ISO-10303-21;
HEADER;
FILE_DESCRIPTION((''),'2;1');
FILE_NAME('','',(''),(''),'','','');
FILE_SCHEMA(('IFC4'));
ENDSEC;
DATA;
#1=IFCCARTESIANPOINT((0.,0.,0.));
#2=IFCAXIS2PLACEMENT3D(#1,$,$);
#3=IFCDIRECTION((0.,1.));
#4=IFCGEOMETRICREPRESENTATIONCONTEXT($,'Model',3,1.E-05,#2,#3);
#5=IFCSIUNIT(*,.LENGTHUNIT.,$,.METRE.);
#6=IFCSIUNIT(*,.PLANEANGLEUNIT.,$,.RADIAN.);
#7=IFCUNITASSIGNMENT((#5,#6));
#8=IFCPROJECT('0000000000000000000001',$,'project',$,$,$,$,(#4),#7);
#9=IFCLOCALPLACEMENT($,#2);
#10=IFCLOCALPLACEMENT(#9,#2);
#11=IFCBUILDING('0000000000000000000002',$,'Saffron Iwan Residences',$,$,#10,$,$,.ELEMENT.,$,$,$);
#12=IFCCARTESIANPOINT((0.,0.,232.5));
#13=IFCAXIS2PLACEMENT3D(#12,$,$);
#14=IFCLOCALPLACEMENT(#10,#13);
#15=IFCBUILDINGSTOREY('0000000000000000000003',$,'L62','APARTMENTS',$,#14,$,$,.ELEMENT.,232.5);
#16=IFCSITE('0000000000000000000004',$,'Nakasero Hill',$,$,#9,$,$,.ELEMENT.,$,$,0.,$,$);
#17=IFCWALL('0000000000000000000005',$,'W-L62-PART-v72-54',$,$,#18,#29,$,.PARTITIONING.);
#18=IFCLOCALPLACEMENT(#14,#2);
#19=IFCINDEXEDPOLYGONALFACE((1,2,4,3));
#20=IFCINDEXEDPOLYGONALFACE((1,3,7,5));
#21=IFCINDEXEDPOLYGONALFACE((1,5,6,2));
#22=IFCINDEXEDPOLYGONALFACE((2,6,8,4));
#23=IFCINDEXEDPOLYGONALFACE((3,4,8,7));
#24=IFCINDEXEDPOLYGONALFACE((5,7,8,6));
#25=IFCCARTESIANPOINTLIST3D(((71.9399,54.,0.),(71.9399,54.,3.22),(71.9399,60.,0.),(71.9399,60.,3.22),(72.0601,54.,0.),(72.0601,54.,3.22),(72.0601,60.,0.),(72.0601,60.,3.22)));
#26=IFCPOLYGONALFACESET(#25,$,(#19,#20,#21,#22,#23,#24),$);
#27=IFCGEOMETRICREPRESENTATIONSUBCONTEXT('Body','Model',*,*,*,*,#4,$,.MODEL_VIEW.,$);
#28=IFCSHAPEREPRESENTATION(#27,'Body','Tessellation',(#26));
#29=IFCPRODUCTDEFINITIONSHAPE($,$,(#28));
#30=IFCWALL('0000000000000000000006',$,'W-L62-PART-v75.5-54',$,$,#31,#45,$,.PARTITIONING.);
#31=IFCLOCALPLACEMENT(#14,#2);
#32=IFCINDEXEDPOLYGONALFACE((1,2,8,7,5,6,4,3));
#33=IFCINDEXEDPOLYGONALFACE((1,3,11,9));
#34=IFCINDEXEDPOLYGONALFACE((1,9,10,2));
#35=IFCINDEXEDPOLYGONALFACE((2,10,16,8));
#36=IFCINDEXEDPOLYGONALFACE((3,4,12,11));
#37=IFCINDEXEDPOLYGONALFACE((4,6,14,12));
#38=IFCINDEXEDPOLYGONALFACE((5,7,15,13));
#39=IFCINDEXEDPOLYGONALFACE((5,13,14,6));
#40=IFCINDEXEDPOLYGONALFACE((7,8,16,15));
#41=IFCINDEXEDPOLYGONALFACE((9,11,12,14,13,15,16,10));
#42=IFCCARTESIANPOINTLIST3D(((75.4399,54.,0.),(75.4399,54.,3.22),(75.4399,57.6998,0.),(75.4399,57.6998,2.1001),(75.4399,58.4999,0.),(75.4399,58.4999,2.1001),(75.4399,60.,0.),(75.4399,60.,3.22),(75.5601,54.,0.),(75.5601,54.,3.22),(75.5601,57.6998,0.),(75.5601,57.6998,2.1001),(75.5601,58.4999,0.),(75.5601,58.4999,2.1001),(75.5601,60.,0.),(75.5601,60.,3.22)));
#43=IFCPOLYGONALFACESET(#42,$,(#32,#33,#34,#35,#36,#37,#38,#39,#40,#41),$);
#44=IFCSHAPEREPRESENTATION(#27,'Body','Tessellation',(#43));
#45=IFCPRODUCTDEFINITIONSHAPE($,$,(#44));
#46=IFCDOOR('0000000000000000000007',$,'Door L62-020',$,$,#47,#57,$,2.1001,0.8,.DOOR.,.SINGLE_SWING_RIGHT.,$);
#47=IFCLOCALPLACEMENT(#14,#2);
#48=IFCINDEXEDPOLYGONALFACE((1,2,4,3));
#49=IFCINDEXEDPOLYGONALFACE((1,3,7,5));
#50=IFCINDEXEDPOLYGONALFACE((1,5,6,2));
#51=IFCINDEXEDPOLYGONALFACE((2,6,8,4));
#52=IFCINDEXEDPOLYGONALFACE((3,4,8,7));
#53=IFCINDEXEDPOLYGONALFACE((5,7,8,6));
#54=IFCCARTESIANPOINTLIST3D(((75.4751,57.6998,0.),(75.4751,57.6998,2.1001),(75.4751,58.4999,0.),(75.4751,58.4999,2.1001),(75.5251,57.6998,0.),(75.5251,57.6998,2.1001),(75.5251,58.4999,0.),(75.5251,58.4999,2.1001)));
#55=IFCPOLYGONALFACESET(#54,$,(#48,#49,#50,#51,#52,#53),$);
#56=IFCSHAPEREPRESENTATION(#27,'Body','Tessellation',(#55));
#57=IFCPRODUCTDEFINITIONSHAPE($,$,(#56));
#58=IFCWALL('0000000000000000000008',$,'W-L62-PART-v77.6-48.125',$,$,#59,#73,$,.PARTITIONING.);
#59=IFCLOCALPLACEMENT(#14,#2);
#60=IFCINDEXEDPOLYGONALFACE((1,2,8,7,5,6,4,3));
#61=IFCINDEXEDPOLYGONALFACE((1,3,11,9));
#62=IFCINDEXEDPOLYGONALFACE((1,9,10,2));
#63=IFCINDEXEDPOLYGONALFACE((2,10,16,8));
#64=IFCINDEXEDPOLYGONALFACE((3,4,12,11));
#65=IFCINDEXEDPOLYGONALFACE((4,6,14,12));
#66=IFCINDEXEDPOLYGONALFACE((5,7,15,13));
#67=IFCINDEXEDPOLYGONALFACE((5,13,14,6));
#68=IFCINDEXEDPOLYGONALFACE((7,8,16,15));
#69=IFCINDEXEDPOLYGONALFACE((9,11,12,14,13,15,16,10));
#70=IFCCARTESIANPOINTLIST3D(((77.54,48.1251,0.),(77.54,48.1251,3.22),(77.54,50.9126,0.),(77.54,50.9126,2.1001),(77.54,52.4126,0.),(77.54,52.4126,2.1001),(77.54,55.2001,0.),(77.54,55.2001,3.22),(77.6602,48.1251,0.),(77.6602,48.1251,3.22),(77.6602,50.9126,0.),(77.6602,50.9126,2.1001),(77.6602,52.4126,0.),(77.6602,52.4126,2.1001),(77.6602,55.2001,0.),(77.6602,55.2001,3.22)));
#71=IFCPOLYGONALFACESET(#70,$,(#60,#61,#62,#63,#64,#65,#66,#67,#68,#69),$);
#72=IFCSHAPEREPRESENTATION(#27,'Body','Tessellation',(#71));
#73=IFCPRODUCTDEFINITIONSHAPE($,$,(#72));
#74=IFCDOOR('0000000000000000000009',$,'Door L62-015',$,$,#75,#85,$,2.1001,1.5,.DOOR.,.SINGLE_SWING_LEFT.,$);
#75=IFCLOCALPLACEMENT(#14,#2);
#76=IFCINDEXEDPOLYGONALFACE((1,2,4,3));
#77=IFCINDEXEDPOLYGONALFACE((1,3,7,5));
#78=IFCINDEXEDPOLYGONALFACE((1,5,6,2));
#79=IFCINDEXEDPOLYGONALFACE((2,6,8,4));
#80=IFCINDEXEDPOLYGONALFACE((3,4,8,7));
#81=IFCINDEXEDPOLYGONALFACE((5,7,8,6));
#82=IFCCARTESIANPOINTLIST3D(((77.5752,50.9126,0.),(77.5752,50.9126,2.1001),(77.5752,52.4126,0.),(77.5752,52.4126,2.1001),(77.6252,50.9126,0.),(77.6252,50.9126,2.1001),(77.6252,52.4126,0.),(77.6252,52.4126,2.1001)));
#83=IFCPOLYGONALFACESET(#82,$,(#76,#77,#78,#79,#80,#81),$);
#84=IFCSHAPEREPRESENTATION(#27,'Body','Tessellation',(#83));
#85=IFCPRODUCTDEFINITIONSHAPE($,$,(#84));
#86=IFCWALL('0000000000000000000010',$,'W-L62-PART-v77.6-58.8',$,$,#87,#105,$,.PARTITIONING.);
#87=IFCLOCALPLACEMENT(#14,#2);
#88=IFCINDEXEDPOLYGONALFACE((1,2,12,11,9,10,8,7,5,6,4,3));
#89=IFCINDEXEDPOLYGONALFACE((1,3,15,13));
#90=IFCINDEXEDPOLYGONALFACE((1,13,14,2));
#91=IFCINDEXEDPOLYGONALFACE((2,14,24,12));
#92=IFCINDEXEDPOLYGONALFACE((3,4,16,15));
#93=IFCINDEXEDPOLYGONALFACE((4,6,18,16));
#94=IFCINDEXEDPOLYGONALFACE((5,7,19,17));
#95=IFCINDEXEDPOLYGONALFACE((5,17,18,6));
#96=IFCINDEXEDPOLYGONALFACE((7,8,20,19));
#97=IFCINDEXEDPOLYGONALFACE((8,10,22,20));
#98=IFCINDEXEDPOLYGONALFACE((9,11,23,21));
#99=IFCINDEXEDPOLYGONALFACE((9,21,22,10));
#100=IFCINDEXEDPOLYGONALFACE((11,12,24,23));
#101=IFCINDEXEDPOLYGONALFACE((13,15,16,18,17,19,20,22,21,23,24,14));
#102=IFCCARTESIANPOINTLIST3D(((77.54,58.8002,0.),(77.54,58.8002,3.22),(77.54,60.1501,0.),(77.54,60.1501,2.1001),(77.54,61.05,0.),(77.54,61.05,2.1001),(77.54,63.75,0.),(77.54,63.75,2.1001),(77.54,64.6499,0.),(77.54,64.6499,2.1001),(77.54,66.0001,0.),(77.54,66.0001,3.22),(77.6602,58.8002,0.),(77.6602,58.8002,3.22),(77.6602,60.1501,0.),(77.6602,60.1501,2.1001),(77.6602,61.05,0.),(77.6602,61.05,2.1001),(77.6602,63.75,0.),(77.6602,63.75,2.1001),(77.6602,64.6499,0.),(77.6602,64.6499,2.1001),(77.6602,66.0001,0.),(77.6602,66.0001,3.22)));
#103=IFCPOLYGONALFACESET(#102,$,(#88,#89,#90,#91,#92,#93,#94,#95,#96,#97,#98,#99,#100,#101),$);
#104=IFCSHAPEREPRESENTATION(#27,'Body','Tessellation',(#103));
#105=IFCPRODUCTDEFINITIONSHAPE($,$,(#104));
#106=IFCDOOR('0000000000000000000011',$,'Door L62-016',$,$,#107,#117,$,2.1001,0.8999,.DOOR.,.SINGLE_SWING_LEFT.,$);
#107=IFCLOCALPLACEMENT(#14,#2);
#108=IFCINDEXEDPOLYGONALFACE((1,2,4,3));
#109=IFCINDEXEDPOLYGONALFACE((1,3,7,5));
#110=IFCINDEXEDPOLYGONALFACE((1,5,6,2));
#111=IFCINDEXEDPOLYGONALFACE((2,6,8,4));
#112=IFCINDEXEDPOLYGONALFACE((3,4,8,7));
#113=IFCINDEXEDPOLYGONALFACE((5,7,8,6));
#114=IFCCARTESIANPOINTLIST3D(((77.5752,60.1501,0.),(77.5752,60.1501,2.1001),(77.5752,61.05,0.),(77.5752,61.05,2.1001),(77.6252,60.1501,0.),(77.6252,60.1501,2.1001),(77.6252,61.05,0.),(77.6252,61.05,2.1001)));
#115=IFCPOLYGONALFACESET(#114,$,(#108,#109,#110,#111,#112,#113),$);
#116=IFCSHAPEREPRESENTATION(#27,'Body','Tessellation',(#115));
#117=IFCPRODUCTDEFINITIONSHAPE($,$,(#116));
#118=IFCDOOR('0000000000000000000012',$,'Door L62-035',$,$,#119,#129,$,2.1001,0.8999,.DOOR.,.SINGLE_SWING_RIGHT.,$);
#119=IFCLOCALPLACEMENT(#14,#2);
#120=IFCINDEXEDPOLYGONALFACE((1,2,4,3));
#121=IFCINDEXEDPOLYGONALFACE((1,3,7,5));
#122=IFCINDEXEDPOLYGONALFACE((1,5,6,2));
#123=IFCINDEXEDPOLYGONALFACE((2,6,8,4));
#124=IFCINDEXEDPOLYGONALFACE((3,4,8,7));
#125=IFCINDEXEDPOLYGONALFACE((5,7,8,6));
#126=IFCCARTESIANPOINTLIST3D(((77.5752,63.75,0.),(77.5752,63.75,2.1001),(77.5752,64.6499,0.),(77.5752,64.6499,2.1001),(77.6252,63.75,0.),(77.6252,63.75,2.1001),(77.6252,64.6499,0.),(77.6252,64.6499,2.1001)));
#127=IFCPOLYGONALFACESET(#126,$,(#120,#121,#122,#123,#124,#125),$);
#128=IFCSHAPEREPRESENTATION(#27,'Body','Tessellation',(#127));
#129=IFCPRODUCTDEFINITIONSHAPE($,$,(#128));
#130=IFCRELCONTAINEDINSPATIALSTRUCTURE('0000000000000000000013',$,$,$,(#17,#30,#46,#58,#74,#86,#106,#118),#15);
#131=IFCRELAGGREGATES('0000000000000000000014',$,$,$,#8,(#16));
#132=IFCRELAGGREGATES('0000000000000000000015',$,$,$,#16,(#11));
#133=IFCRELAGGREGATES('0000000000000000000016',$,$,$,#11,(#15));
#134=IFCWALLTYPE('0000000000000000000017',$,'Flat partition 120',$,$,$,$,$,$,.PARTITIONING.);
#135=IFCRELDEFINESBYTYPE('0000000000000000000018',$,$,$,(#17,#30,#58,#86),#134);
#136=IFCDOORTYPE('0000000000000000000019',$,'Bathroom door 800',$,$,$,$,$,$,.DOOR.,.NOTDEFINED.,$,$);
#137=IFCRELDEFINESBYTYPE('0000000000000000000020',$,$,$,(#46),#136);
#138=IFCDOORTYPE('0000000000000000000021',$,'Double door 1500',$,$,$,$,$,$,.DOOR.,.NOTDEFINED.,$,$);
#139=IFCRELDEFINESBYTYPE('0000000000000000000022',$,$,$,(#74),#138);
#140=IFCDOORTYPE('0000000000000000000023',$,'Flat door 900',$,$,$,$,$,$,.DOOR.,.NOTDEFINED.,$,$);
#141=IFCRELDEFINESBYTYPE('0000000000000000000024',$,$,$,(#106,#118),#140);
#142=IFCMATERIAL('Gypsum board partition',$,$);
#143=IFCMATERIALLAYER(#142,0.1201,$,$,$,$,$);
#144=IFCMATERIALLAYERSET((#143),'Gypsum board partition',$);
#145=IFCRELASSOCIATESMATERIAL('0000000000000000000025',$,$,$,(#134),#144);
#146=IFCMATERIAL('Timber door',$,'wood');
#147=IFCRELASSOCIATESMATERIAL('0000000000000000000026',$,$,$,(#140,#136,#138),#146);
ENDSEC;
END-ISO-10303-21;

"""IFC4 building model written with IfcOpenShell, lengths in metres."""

from ifc_helpers import new_model, si_unit, direction, frame, frame_2d, origin, place, context, subcontext, project, spatial, rectangle, extrude, material, layer, layer_set, type_object, element, fill, save


model = new_model("IFC4")

# Units and contexts
model_context = context("Model", 3, precision=1e-05, world=origin(), true_north=direction((0.0, 1.0)))
body_context = subcontext(model_context, "Body", "Model", "MODEL_VIEW")
ifc_project = project(units=[si_unit("LENGTHUNIT", "METRE"), si_unit("PLANEANGLEUNIT", "RADIAN")], contexts=[model_context])

# Site, building, storey
site_placement = place(None, origin())
site = spatial("IfcSite", under=ifc_project, at=site_placement, Name="Nakasero Hill", CompositionType="ELEMENT", RefElevation=0.0)
building_placement = place(site_placement, origin())
building = spatial("IfcBuilding", under=site, at=building_placement, Name="Saffron Iwan Residences", CompositionType="ELEMENT")
storey_placement = place(building_placement, frame((0.0, 0.0, 232.5)))
storey = spatial("IfcBuildingStorey", under=building, at=storey_placement, Name="L62", Description="APARTMENTS", CompositionType="ELEMENT", Elevation=232.5)

# Shared definitions
ifc_material_1 = material(Name="Gypsum board partition")
ifc_layer = layer(ifc_material_1, 0.1201)
ifc_layer_set = layer_set([ifc_layer], Name="Gypsum board partition")
wall_type = type_object("IfcWallType", Name="Flat partition 120", PredefinedType="PARTITIONING", material=ifc_layer_set)
ifc_material_2 = material(Name="Timber door", Category="wood")
door_type_1 = type_object("IfcDoorType", Name="Flat door 900", OperationType="NOTDEFINED", PredefinedType="DOOR", material=ifc_material_2)
door_type_2 = type_object("IfcDoorType", Name="Bathroom door 800", OperationType="NOTDEFINED", PredefinedType="DOOR", material=ifc_material_2)

# Wall
wall_1_placement = place(storey_placement, frame((72.0, 54.0, 0.0), z_axis=(0.0, 0.0, 1.0), x_axis=(0.0, 1.0, 0.0)))
element("IfcWall", 1, at=wall_1_placement, inside=storey, type_object=wall_type, Name="W-L62-PART-v72-54", PredefinedType="PARTITIONING", context=body_context, shape_type="SweptSolid", body=[
    extrude(rectangle(XDim=6.0, YDim=0.1201, at=frame_2d((3.0, 0.0))), origin(), (0.0, 0.0, 1.0), 3.22),
])

# Walls, openings, doors
wall_2_placement = place(storey_placement, frame((75.5, 54.0, 0.0), z_axis=(0.0, 0.0, 1.0), x_axis=(0.0, 1.0, 0.0)))
wall_2 = element("IfcWall", 2, at=wall_2_placement, inside=storey, type_object=wall_type, Name="W-L62-PART-v75.5-54", PredefinedType="PARTITIONING", context=body_context, shape_type="SweptSolid", body=[
    extrude(rectangle(XDim=6.0, YDim=0.1201, at=frame_2d((3.0, 0.0))), origin(), (0.0, 0.0, 1.0), 3.22),
])
opening_1_placement = place(wall_2_placement, frame((3.7, 0.0, 0.0)))
opening_1 = element("IfcOpeningElement", 3, at=opening_1_placement, cuts=wall_2, PredefinedType="OPENING", context=body_context, shape_type="SweptSolid", body=[
    extrude(rectangle(XDim=0.8, YDim=2.1001, at=frame_2d((0.3999, 1.05))), frame((0.0, 0.0701, 0.0), z_axis=(0.0, -1.0, 0.0), x_axis=(1.0, 0.0, 0.0)), (0.0, 0.0, 1.0), 0.1401),
])
door_1_placement = place(opening_1_placement, origin())
door_1 = element("IfcDoor", 4, at=door_1_placement, inside=storey, type_object=door_type_2, Name="Door L62-020", OperationType="SINGLE_SWING_RIGHT", OverallHeight=2.1001, OverallWidth=0.8, PredefinedType="DOOR", context=body_context, shape_type="SweptSolid", body=[
    extrude(rectangle(XDim=0.8, YDim=2.1001, at=frame_2d((0.3999, 1.05))), frame((0.0, 0.0249, 0.0), z_axis=(0.0, -1.0, 0.0), x_axis=(1.0, 0.0, 0.0)), (0.0, 0.0, 1.0), 0.05),
])
fill(opening_1, door_1)
wall_3_placement = place(storey_placement, frame((77.6001, 48.125, 0.0), z_axis=(0.0, 0.0, 1.0), x_axis=(0.0, 1.0, 0.0)))
wall_3 = element("IfcWall", 5, at=wall_3_placement, inside=storey, type_object=wall_type, Name="W-L62-PART-v77.6-48.125", PredefinedType="PARTITIONING", context=body_context, shape_type="SweptSolid", body=[
    extrude(rectangle(XDim=7.075, YDim=0.1201, at=frame_2d((3.5376, 0.0))), origin(), (0.0, 0.0, 1.0), 3.22),
])
opening_2_placement = place(wall_3_placement, frame((2.7876, 0.0, 0.0)))
opening_2 = element("IfcOpeningElement", 6, at=opening_2_placement, cuts=wall_3, PredefinedType="OPENING", context=body_context, shape_type="SweptSolid", body=[
    extrude(rectangle(XDim=1.5, YDim=2.1001, at=frame_2d((0.75, 1.05))), frame((0.0, 0.0701, 0.0), z_axis=(0.0, -1.0, 0.0), x_axis=(1.0, 0.0, 0.0)), (0.0, 0.0, 1.0), 0.1401),
])
door_type_3 = type_object("IfcDoorType", Name="Double door 1500", OperationType="NOTDEFINED", PredefinedType="DOOR", material=ifc_material_2)
door_2_placement = place(opening_2_placement, origin())
door_2 = element("IfcDoor", 7, at=door_2_placement, inside=storey, type_object=door_type_3, Name="Door L62-015", OperationType="SINGLE_SWING_LEFT", OverallHeight=2.1001, OverallWidth=1.5, PredefinedType="DOOR", context=body_context, shape_type="SweptSolid", body=[
    extrude(rectangle(XDim=1.5, YDim=2.1001, at=frame_2d((0.75, 1.05))), frame((0.0, 0.0249, 0.0), z_axis=(0.0, -1.0, 0.0), x_axis=(1.0, 0.0, 0.0)), (0.0, 0.0, 1.0), 0.05),
])
fill(opening_2, door_2)

# Wall, openings, doors
wall_4_placement = place(storey_placement, frame((77.6001, 58.8, 0.0), z_axis=(0.0, 0.0, 1.0), x_axis=(0.0, 1.0, 0.0)))
wall_4 = element("IfcWall", 8, at=wall_4_placement, inside=storey, type_object=wall_type, Name="W-L62-PART-v77.6-58.8", PredefinedType="PARTITIONING", context=body_context, shape_type="SweptSolid", body=[
    extrude(rectangle(XDim=7.2, YDim=0.1201, at=frame_2d((3.6001, 0.0))), origin(), (0.0, 0.0, 1.0), 3.22),
])
opening_3_placement = place(wall_4_placement, frame((1.3501, 0.0, 0.0)))
opening_3 = element("IfcOpeningElement", 9, at=opening_3_placement, cuts=wall_4, PredefinedType="OPENING", context=body_context, shape_type="SweptSolid", body=[
    extrude(rectangle(XDim=0.8999, YDim=2.1001, at=frame_2d((0.45, 1.05))), frame((0.0, 0.0701, 0.0), z_axis=(0.0, -1.0, 0.0), x_axis=(1.0, 0.0, 0.0)), (0.0, 0.0, 1.0), 0.1401),
])
opening_4_placement = place(wall_4_placement, frame((4.95, 0.0, 0.0)))
opening_4 = element("IfcOpeningElement", 10, at=opening_4_placement, cuts=wall_4, PredefinedType="OPENING", context=body_context, shape_type="SweptSolid", body=[
    extrude(rectangle(XDim=0.8999, YDim=2.1001, at=frame_2d((0.45, 1.05))), frame((0.0, 0.0701, 0.0), z_axis=(0.0, -1.0, 0.0), x_axis=(1.0, 0.0, 0.0)), (0.0, 0.0, 1.0), 0.1401),
])
door_3_placement = place(opening_3_placement, origin())
door_3 = element("IfcDoor", 11, at=door_3_placement, inside=storey, type_object=door_type_1, Name="Door L62-016", OperationType="SINGLE_SWING_LEFT", OverallHeight=2.1001, OverallWidth=0.8999, PredefinedType="DOOR", context=body_context, shape_type="SweptSolid", body=[
    extrude(rectangle(XDim=0.8999, YDim=2.1001, at=frame_2d((0.45, 1.05))), frame((0.0, 0.0249, 0.0), z_axis=(0.0, -1.0, 0.0), x_axis=(1.0, 0.0, 0.0)), (0.0, 0.0, 1.0), 0.05),
])
fill(opening_3, door_3)
door_4_placement = place(opening_4_placement, origin())
door_4 = element("IfcDoor", 12, at=door_4_placement, inside=storey, type_object=door_type_1, Name="Door L62-035", OperationType="SINGLE_SWING_RIGHT", OverallHeight=2.1001, OverallWidth=0.8999, PredefinedType="DOOR", context=body_context, shape_type="SweptSolid", body=[
    extrude(rectangle(XDim=0.8999, YDim=2.1001, at=frame_2d((0.45, 1.05))), frame((0.0, 0.0249, 0.0), z_axis=(0.0, -1.0, 0.0), x_axis=(1.0, 0.0, 0.0)), (0.0, 0.0, 1.0), 0.05),
])
fill(opening_4, door_4)

save(model, "model.ifc")
